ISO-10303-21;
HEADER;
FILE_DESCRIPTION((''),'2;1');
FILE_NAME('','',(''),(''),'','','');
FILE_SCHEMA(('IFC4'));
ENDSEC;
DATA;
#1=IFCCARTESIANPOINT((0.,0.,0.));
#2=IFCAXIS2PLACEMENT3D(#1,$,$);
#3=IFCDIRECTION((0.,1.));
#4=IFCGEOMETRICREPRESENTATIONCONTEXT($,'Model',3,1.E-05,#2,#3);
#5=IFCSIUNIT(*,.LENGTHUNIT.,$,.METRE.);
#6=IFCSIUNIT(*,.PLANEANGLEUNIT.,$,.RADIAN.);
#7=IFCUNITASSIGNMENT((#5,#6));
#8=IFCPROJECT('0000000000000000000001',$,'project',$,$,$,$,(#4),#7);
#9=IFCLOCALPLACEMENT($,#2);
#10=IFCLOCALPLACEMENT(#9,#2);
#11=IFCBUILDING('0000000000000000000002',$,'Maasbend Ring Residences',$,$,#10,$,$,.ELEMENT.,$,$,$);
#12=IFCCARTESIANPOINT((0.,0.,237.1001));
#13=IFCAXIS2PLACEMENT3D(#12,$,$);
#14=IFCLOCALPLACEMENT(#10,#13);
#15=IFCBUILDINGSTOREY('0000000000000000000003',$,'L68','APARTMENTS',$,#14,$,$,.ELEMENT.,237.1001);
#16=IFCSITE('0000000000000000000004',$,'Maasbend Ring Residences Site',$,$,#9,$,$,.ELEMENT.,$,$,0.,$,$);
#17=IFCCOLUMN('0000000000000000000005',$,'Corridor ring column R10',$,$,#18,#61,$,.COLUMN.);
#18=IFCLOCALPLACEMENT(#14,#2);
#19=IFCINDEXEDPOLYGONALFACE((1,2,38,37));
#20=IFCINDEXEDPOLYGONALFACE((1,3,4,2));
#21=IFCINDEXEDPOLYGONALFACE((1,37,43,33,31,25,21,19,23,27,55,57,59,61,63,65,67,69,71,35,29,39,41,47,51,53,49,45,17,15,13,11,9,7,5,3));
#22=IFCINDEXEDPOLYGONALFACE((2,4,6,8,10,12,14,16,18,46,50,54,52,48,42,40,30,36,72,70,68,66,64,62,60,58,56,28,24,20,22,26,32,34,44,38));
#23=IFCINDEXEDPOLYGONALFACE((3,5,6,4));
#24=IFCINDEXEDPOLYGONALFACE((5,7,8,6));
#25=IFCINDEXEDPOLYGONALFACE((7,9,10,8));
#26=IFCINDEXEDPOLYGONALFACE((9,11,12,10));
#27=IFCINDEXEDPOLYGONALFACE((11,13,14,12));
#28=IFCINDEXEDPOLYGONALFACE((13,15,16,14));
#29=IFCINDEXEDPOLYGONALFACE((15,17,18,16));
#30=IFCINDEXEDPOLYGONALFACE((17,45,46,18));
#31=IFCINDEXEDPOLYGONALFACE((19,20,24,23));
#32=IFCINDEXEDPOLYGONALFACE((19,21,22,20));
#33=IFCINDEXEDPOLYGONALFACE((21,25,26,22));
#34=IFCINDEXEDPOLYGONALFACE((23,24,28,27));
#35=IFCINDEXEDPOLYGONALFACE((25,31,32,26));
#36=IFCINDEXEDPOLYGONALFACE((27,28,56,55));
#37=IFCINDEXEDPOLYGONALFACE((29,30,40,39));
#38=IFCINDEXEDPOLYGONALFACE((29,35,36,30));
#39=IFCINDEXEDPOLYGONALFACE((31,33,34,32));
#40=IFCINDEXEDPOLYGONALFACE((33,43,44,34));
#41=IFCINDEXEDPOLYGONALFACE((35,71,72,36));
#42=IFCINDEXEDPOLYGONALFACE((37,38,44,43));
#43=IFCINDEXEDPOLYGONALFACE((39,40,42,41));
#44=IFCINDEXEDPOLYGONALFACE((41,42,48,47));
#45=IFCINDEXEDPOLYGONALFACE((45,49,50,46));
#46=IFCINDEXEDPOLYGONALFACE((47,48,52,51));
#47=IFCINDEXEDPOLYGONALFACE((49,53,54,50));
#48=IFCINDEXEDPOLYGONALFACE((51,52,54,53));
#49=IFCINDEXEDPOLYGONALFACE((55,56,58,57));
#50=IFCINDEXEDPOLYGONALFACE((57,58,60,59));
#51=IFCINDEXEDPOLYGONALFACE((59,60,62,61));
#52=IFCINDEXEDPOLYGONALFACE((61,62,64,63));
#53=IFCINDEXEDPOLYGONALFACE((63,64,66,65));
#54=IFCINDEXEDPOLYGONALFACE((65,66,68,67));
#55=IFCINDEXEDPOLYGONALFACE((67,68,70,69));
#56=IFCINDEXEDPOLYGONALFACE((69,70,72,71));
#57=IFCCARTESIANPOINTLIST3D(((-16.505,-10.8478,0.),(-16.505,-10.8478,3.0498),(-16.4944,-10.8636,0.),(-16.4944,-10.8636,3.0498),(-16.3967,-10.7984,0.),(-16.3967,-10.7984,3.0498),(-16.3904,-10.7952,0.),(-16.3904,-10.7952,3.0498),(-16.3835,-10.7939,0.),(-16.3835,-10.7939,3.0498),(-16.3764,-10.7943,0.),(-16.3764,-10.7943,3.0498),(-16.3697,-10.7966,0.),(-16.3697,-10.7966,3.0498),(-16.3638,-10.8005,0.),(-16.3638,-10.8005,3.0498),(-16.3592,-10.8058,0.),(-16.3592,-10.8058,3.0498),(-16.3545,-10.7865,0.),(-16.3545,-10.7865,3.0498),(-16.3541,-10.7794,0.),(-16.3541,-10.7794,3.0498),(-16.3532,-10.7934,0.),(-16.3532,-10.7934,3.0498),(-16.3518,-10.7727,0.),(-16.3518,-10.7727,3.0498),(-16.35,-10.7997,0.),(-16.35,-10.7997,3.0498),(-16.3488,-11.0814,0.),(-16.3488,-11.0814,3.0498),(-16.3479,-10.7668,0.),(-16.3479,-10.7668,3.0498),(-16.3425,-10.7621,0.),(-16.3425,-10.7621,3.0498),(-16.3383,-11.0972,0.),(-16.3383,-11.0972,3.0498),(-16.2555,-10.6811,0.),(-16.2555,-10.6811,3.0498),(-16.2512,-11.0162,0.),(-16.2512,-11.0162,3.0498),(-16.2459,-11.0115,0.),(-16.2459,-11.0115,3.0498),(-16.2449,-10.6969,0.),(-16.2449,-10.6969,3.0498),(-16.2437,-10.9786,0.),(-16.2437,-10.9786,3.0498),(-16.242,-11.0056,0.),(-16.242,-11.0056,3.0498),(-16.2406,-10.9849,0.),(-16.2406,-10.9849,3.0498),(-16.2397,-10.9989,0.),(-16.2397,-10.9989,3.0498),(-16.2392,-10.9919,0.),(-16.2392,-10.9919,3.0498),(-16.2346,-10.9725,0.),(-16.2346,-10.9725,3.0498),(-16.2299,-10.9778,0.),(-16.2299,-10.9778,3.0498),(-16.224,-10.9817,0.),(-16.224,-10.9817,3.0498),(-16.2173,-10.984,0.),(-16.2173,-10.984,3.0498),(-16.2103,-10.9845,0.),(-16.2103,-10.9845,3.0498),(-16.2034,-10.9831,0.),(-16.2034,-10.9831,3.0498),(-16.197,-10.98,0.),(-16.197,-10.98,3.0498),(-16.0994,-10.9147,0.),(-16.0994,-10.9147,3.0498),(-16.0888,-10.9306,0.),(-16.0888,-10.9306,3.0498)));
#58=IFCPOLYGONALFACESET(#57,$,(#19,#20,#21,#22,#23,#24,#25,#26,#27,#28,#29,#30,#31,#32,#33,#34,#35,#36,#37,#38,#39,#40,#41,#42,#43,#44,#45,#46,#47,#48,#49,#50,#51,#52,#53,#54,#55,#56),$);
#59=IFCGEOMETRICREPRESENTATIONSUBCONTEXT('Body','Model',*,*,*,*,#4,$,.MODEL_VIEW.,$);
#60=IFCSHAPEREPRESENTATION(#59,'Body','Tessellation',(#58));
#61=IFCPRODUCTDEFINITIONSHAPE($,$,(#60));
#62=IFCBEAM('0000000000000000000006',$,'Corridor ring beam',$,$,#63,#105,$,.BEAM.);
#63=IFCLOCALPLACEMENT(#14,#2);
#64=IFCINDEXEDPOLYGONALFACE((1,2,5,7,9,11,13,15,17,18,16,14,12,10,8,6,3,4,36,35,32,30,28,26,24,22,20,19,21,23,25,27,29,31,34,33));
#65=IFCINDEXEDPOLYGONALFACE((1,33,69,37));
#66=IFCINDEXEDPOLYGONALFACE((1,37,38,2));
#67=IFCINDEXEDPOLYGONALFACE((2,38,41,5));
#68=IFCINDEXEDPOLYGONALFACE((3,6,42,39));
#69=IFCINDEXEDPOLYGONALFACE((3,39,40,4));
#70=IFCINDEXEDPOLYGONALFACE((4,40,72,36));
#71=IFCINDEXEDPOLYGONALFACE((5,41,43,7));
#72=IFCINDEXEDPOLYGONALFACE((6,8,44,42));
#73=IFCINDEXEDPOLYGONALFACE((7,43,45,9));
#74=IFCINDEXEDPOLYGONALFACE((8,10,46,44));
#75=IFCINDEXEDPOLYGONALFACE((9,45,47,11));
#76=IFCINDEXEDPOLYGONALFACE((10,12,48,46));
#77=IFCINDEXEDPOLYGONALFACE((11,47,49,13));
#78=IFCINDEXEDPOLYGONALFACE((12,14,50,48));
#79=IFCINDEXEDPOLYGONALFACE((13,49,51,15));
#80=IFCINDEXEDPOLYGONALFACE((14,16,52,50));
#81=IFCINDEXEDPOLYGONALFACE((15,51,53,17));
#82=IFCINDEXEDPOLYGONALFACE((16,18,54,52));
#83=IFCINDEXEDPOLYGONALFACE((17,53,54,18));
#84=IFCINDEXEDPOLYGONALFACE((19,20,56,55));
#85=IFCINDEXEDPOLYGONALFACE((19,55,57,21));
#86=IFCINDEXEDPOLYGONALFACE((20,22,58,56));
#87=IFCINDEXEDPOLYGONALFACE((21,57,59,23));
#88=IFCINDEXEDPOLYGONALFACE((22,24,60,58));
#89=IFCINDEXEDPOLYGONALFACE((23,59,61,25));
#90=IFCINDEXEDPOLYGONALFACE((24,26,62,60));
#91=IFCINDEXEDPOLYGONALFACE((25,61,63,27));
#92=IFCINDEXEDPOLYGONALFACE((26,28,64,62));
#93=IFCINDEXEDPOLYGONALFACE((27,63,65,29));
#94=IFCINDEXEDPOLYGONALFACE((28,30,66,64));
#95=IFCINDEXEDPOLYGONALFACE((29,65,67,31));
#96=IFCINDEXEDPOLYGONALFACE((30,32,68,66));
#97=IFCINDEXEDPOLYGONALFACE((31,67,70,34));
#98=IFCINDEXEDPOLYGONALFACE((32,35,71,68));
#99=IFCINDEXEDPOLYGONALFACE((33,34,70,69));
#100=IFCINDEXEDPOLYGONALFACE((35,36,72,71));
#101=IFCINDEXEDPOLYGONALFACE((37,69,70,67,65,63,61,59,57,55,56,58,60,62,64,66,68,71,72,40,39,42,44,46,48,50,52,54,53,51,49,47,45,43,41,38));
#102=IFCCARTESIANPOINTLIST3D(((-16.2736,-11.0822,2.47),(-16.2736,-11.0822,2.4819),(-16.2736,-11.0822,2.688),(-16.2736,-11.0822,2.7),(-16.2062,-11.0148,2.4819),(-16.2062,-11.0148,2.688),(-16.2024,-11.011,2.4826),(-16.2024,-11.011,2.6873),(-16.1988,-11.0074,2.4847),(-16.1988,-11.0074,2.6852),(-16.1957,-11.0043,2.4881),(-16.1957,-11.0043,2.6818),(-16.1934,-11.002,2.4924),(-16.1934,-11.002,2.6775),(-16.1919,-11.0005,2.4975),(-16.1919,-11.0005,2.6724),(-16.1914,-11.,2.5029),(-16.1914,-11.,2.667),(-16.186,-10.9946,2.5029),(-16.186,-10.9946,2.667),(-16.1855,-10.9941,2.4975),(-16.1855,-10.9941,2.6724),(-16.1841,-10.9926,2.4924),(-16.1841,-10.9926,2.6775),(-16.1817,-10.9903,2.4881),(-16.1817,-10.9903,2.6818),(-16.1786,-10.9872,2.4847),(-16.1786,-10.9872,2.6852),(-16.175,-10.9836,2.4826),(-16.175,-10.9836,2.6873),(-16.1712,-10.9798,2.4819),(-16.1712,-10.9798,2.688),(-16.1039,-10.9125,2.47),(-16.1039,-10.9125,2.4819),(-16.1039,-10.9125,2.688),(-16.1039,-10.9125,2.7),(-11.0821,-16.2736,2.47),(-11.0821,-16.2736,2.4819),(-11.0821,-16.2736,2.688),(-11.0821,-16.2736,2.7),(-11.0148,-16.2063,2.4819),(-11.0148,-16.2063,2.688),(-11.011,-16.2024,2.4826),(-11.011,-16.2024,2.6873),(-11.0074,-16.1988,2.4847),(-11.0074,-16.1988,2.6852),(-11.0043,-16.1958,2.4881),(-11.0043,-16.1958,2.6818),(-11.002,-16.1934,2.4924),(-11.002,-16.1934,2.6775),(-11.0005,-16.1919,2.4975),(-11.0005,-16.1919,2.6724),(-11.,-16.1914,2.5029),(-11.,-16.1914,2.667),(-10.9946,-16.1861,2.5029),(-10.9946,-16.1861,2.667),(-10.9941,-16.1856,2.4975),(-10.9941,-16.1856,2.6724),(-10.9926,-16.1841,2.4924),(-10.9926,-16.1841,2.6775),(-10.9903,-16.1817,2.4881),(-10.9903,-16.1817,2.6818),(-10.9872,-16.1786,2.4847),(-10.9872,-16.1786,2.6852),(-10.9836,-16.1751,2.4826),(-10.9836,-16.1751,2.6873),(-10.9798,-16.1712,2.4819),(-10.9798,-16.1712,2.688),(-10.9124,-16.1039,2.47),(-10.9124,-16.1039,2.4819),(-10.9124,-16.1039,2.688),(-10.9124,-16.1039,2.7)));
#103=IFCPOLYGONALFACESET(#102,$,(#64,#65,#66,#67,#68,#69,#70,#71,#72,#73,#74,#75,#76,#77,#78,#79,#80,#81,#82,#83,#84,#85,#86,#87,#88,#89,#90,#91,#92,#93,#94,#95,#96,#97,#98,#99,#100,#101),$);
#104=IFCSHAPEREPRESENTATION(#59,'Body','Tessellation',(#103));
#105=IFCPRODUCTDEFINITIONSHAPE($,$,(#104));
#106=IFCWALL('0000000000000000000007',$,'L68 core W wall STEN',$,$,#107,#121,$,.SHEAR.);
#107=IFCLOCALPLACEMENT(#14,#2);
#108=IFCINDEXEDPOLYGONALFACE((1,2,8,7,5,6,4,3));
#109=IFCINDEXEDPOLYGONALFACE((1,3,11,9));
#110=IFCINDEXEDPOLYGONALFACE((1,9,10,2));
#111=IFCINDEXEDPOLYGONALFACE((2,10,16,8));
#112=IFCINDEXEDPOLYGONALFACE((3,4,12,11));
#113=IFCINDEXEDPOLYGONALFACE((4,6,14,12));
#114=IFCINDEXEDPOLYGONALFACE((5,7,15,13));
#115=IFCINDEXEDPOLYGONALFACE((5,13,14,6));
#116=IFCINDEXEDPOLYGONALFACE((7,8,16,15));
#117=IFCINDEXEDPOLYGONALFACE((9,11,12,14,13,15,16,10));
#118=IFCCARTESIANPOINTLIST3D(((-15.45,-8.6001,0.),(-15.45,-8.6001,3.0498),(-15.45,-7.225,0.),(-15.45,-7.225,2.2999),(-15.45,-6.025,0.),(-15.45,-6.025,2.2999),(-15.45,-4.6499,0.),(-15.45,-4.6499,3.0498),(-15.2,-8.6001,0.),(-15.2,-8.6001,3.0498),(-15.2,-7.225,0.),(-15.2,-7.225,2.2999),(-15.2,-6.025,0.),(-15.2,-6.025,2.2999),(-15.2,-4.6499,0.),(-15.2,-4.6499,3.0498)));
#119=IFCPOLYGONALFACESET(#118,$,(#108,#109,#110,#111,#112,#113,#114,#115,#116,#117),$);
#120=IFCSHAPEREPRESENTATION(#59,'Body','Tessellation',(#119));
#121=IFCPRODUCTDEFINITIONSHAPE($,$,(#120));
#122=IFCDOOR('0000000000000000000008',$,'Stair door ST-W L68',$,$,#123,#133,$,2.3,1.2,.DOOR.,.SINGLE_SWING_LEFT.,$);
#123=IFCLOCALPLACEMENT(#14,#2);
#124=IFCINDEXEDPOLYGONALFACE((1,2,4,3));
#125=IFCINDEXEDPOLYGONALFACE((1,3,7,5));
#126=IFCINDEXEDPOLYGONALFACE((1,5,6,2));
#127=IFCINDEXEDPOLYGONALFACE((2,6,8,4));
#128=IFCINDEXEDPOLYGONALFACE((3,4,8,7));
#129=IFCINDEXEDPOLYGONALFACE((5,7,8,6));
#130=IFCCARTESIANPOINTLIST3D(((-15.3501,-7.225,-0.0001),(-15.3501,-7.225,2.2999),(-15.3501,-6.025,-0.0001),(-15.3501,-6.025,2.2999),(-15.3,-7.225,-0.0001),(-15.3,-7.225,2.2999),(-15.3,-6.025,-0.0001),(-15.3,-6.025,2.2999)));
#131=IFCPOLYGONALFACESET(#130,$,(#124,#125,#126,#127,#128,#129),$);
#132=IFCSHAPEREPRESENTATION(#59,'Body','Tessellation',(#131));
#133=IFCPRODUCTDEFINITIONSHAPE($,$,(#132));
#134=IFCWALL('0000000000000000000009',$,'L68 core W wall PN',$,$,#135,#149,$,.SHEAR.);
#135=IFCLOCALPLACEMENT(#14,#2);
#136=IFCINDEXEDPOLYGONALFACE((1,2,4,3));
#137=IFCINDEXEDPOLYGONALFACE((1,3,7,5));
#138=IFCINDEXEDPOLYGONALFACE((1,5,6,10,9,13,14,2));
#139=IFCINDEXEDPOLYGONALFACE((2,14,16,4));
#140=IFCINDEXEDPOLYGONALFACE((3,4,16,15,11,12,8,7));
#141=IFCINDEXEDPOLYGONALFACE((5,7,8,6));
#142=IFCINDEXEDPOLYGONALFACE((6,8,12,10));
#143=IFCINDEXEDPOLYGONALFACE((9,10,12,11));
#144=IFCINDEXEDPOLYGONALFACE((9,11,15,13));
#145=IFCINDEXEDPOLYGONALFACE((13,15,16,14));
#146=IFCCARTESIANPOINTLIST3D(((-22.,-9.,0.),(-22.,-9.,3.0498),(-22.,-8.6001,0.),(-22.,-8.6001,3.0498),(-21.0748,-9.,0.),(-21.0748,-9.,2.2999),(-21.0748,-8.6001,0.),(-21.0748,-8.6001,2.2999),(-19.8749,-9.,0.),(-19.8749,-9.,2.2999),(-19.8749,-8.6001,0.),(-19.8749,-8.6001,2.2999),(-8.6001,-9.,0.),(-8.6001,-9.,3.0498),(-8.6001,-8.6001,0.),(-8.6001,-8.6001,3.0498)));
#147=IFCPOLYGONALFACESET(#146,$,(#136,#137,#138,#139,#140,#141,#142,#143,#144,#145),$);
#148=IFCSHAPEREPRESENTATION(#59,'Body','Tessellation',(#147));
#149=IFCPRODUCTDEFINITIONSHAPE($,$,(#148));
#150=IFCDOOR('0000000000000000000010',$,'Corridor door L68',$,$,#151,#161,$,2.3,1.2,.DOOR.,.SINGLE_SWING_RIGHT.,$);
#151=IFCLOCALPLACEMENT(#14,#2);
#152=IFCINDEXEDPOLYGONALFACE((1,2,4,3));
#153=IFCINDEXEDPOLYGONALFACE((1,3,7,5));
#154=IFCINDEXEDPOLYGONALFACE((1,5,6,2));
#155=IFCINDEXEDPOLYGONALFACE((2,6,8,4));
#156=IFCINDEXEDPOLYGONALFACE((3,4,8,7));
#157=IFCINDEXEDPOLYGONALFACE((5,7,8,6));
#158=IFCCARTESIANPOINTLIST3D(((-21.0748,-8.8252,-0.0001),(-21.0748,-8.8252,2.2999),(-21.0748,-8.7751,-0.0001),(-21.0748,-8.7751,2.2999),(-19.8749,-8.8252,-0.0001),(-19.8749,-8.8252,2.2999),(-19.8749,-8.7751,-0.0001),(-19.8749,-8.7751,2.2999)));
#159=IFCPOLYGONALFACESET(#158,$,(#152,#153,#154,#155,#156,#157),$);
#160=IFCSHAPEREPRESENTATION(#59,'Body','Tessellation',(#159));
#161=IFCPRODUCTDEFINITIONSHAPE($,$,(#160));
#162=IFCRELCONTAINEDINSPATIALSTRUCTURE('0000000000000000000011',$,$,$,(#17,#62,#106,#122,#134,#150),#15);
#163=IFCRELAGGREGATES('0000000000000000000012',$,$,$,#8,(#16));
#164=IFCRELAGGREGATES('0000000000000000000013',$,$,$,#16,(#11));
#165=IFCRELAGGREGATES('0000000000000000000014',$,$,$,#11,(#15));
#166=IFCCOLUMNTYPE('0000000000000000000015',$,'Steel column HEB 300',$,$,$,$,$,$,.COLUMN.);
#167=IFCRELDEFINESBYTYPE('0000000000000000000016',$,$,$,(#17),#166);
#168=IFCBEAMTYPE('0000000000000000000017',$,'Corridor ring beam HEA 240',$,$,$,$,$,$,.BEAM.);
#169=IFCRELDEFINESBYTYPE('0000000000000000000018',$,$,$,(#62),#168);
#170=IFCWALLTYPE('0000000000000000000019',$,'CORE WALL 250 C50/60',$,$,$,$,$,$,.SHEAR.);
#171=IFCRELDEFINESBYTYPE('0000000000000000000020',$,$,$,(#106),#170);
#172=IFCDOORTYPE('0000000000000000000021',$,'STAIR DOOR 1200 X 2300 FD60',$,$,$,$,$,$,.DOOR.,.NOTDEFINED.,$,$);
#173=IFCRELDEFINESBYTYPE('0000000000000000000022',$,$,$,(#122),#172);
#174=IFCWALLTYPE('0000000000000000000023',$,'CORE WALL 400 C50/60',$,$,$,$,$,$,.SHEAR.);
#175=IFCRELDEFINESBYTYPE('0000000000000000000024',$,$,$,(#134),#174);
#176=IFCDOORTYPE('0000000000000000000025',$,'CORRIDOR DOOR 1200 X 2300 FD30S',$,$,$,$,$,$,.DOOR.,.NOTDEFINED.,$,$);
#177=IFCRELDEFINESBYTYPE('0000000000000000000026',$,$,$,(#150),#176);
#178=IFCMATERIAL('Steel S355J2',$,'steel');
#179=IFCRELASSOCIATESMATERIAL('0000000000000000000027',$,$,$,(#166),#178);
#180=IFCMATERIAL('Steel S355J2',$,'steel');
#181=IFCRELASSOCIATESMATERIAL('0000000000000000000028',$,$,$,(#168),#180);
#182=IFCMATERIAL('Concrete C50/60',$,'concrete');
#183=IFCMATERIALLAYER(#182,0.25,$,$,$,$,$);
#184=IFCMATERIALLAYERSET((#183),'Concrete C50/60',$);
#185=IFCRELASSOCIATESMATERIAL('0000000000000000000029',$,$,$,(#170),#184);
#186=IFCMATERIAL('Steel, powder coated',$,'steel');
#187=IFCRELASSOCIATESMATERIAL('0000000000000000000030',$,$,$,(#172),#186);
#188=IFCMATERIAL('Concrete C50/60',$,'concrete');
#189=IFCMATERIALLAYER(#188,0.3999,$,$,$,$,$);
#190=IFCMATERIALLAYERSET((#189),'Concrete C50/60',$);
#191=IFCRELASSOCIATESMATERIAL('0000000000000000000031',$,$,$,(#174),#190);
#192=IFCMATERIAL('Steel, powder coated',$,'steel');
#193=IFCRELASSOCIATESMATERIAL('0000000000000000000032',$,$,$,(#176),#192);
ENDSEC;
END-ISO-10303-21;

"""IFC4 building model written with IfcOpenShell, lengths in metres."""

from ifc_helpers import new_model, si_unit, direction, frame, frame_2d, origin, origin_2d, place, context, subcontext, project, spatial, rectangle, i_section, extrude, material, layer, layer_set, material_profile, profile_set, type_object, element, fill, save


model = new_model("IFC4")

# Units and contexts
model_context = context("Model", 3, precision=1e-05, world=origin(), true_north=direction((0.0, 1.0)))
body_context = subcontext(model_context, "Body", "Model", "MODEL_VIEW")
ifc_project = project(units=[si_unit("LENGTHUNIT", "METRE"), si_unit("PLANEANGLEUNIT", "RADIAN")], contexts=[model_context])

# Site, building, storey
site_placement = place(None, origin())
site = spatial("IfcSite", under=ifc_project, at=site_placement, Name="Maasbend Ring Residences Site", CompositionType="ELEMENT", RefElevation=0.0)
building_placement = place(site_placement, origin())
building = spatial("IfcBuilding", under=site, at=building_placement, Name="Maasbend Ring Residences", CompositionType="ELEMENT")
storey_placement = place(building_placement, frame((0.0, 0.0, 237.1001)))
storey = spatial("IfcBuildingStorey", under=building, at=storey_placement, Name="L68", Description="APARTMENTS", CompositionType="ELEMENT", Elevation=237.1001)

# Column
ifc_material_1 = material(Name="Steel S355J2", Category="steel")
ifc_material_profile_1 = material_profile(ifc_material_1, i_section(OverallWidth=0.3, OverallDepth=0.3, WebThickness=0.011, FlangeThickness=0.019, FilletRadius=0.0271, at=origin_2d()), Name="HEB 300")
ifc_profile_set_1 = profile_set([ifc_material_profile_1], Name="Steel S355J2")
column_type = type_object("IfcColumnType", Name="Steel column HEB 300", PredefinedType="COLUMN", material=ifc_profile_set_1)
column_placement = place(storey_placement, frame((-16.2969, -10.8892, 0.0), z_axis=(0.0, 0.0, 1.0), x_axis=(-0.83147, -0.55557, 0.0)))
element("IfcColumn", 1, at=column_placement, inside=storey, type_object=column_type, Name="Corridor ring column R10", PredefinedType="COLUMN", context=body_context, shape_type="SweptSolid", body=[
    extrude(i_section(OverallWidth=0.3, OverallDepth=0.3, WebThickness=0.011, FlangeThickness=0.019, FilletRadius=0.0271, at=origin_2d()), origin(), (0.0, 0.0, 1.0), 3.0498),
])

# Beam
ifc_material_2 = material(Name="Steel S355J2", Category="steel")
ifc_material_profile_2 = material_profile(ifc_material_2, i_section(OverallWidth=0.24, OverallDepth=0.23, WebThickness=0.0076, FlangeThickness=0.012, FilletRadius=0.021, at=origin_2d()), Name="HEA 240")
ifc_profile_set_2 = profile_set([ifc_material_profile_2], Name="Steel S355J2")
beam_type = type_object("IfcBeamType", Name="Corridor ring beam HEA 240", PredefinedType="BEAM", material=ifc_profile_set_2)
beam_placement = place(storey_placement, frame((-16.1887, -10.9973, 2.585), z_axis=(0.707107, -0.707107, 0.0), x_axis=(0.707107, 0.707107, 0.0)))
element("IfcBeam", 2, at=beam_placement, inside=storey, type_object=beam_type, Name="Corridor ring beam", PredefinedType="BEAM", context=body_context, shape_type="SweptSolid", body=[
    extrude(i_section(OverallWidth=0.24, OverallDepth=0.23, WebThickness=0.0076, FlangeThickness=0.012, FilletRadius=0.021, at=origin_2d()), origin(), (0.0, 0.0, 1.0), 7.3418),
])

# Walls, openings, doors
ifc_material_3 = material(Name="Concrete C50/60", Category="concrete")
ifc_layer_1 = layer(ifc_material_3, 0.25)
ifc_layer_set_1 = layer_set([ifc_layer_1], Name="Concrete C50/60")
wall_type_1 = type_object("IfcWallType", Name="CORE WALL 250 C50/60", PredefinedType="SHEAR", material=ifc_layer_set_1)
wall_1_placement = place(storey_placement, frame((-15.325, -4.6499, 0.0), z_axis=(0.0, 0.0, 1.0), x_axis=(0.0, -1.0, 0.0)))
wall_1 = element("IfcWall", 3, at=wall_1_placement, inside=storey, type_object=wall_type_1, Name="L68 core W wall STEN", PredefinedType="SHEAR", context=body_context, shape_type="SweptSolid", body=[
    extrude(rectangle(XDim=3.9502, YDim=0.25, at=frame_2d((1.9751, 0.0))), origin(), (0.0, 0.0, 1.0), 3.0498),
])
opening_1_placement = place(wall_1_placement, frame((1.375, 0.0, 0.0)))
opening_1 = element("IfcOpeningElement", 4, at=opening_1_placement, cuts=wall_1, PredefinedType="OPENING", context=body_context, shape_type="SweptSolid", body=[
    extrude(rectangle(XDim=1.2, YDim=2.3, at=frame_2d((0.6001, 1.1499))), frame((0.0, 0.135, 0.0), z_axis=(0.0, -1.0, 0.0), x_axis=(1.0, 0.0, 0.0)), (0.0, 0.0, 1.0), 0.27),
])
ifc_material_4 = material(Name="Steel, powder coated", Category="steel")
door_type_1 = type_object("IfcDoorType", Name="STAIR DOOR 1200 X 2300 FD60", OperationType="NOTDEFINED", PredefinedType="DOOR", material=ifc_material_4)
door_1_placement = place(opening_1_placement, origin())
door_1 = element("IfcDoor", 5, at=door_1_placement, inside=storey, type_object=door_type_1, Name="Stair door ST-W L68", OperationType="SINGLE_SWING_LEFT", OverallHeight=2.3, OverallWidth=1.2, PredefinedType="DOOR", context=body_context, shape_type="SweptSolid", body=[
    extrude(rectangle(XDim=1.2, YDim=2.3, at=frame_2d((0.6001, 1.1499))), frame((0.0, 0.0249, 0.0), z_axis=(0.0, -1.0, 0.0), x_axis=(1.0, 0.0, 0.0)), (0.0, 0.0, 1.0), 0.05),
])
fill(opening_1, door_1)
ifc_material_5 = material(Name="Concrete C50/60", Category="concrete")
ifc_layer_2 = layer(ifc_material_5, 0.3999)
ifc_layer_set_2 = layer_set([ifc_layer_2], Name="Concrete C50/60")
wall_type_2 = type_object("IfcWallType", Name="CORE WALL 400 C50/60", PredefinedType="SHEAR", material=ifc_layer_set_2)
wall_2_placement = place(storey_placement, frame((-22.0, -8.8, 0.0), z_axis=(0.0, 0.0, 1.0), x_axis=(1.0, 0.0, 0.0)))
wall_2 = element("IfcWall", 6, at=wall_2_placement, inside=storey, type_object=wall_type_2, Name="L68 core W wall PN", PredefinedType="SHEAR", context=body_context, shape_type="SweptSolid", body=[
    extrude(rectangle(XDim=13.3999, YDim=0.3999, at=frame_2d((6.7, 0.0))), origin(), (0.0, 0.0, 1.0), 3.0498),
])
opening_2_placement = place(wall_2_placement, frame((0.925, 0.0, 0.0)))
opening_2 = element("IfcOpeningElement", 7, at=opening_2_placement, cuts=wall_2, PredefinedType="OPENING", context=body_context, shape_type="SweptSolid", body=[
    extrude(rectangle(XDim=1.2, YDim=2.3, at=frame_2d((0.6001, 1.1499))), frame((0.0, 0.21, 0.0), z_axis=(0.0, -1.0, 0.0), x_axis=(1.0, 0.0, 0.0)), (0.0, 0.0, 1.0), 0.4199),
])
ifc_material_6 = material(Name="Steel, powder coated", Category="steel")
door_type_2 = type_object("IfcDoorType", Name="CORRIDOR DOOR 1200 X 2300 FD30S", OperationType="NOTDEFINED", PredefinedType="DOOR", material=ifc_material_6)
door_2_placement = place(opening_2_placement, origin())
door_2 = element("IfcDoor", 8, at=door_2_placement, inside=storey, type_object=door_type_2, Name="Corridor door L68", OperationType="SINGLE_SWING_RIGHT", OverallHeight=2.3, OverallWidth=1.2, PredefinedType="DOOR", context=body_context, shape_type="SweptSolid", body=[
    extrude(rectangle(XDim=1.2, YDim=2.3, at=frame_2d((0.6001, 1.1499))), frame((0.0, 0.0249, 0.0), z_axis=(0.0, -1.0, 0.0), x_axis=(1.0, 0.0, 0.0)), (0.0, 0.0, 1.0), 0.05),
])
fill(opening_2, door_2)

save(model, "model.ifc")
